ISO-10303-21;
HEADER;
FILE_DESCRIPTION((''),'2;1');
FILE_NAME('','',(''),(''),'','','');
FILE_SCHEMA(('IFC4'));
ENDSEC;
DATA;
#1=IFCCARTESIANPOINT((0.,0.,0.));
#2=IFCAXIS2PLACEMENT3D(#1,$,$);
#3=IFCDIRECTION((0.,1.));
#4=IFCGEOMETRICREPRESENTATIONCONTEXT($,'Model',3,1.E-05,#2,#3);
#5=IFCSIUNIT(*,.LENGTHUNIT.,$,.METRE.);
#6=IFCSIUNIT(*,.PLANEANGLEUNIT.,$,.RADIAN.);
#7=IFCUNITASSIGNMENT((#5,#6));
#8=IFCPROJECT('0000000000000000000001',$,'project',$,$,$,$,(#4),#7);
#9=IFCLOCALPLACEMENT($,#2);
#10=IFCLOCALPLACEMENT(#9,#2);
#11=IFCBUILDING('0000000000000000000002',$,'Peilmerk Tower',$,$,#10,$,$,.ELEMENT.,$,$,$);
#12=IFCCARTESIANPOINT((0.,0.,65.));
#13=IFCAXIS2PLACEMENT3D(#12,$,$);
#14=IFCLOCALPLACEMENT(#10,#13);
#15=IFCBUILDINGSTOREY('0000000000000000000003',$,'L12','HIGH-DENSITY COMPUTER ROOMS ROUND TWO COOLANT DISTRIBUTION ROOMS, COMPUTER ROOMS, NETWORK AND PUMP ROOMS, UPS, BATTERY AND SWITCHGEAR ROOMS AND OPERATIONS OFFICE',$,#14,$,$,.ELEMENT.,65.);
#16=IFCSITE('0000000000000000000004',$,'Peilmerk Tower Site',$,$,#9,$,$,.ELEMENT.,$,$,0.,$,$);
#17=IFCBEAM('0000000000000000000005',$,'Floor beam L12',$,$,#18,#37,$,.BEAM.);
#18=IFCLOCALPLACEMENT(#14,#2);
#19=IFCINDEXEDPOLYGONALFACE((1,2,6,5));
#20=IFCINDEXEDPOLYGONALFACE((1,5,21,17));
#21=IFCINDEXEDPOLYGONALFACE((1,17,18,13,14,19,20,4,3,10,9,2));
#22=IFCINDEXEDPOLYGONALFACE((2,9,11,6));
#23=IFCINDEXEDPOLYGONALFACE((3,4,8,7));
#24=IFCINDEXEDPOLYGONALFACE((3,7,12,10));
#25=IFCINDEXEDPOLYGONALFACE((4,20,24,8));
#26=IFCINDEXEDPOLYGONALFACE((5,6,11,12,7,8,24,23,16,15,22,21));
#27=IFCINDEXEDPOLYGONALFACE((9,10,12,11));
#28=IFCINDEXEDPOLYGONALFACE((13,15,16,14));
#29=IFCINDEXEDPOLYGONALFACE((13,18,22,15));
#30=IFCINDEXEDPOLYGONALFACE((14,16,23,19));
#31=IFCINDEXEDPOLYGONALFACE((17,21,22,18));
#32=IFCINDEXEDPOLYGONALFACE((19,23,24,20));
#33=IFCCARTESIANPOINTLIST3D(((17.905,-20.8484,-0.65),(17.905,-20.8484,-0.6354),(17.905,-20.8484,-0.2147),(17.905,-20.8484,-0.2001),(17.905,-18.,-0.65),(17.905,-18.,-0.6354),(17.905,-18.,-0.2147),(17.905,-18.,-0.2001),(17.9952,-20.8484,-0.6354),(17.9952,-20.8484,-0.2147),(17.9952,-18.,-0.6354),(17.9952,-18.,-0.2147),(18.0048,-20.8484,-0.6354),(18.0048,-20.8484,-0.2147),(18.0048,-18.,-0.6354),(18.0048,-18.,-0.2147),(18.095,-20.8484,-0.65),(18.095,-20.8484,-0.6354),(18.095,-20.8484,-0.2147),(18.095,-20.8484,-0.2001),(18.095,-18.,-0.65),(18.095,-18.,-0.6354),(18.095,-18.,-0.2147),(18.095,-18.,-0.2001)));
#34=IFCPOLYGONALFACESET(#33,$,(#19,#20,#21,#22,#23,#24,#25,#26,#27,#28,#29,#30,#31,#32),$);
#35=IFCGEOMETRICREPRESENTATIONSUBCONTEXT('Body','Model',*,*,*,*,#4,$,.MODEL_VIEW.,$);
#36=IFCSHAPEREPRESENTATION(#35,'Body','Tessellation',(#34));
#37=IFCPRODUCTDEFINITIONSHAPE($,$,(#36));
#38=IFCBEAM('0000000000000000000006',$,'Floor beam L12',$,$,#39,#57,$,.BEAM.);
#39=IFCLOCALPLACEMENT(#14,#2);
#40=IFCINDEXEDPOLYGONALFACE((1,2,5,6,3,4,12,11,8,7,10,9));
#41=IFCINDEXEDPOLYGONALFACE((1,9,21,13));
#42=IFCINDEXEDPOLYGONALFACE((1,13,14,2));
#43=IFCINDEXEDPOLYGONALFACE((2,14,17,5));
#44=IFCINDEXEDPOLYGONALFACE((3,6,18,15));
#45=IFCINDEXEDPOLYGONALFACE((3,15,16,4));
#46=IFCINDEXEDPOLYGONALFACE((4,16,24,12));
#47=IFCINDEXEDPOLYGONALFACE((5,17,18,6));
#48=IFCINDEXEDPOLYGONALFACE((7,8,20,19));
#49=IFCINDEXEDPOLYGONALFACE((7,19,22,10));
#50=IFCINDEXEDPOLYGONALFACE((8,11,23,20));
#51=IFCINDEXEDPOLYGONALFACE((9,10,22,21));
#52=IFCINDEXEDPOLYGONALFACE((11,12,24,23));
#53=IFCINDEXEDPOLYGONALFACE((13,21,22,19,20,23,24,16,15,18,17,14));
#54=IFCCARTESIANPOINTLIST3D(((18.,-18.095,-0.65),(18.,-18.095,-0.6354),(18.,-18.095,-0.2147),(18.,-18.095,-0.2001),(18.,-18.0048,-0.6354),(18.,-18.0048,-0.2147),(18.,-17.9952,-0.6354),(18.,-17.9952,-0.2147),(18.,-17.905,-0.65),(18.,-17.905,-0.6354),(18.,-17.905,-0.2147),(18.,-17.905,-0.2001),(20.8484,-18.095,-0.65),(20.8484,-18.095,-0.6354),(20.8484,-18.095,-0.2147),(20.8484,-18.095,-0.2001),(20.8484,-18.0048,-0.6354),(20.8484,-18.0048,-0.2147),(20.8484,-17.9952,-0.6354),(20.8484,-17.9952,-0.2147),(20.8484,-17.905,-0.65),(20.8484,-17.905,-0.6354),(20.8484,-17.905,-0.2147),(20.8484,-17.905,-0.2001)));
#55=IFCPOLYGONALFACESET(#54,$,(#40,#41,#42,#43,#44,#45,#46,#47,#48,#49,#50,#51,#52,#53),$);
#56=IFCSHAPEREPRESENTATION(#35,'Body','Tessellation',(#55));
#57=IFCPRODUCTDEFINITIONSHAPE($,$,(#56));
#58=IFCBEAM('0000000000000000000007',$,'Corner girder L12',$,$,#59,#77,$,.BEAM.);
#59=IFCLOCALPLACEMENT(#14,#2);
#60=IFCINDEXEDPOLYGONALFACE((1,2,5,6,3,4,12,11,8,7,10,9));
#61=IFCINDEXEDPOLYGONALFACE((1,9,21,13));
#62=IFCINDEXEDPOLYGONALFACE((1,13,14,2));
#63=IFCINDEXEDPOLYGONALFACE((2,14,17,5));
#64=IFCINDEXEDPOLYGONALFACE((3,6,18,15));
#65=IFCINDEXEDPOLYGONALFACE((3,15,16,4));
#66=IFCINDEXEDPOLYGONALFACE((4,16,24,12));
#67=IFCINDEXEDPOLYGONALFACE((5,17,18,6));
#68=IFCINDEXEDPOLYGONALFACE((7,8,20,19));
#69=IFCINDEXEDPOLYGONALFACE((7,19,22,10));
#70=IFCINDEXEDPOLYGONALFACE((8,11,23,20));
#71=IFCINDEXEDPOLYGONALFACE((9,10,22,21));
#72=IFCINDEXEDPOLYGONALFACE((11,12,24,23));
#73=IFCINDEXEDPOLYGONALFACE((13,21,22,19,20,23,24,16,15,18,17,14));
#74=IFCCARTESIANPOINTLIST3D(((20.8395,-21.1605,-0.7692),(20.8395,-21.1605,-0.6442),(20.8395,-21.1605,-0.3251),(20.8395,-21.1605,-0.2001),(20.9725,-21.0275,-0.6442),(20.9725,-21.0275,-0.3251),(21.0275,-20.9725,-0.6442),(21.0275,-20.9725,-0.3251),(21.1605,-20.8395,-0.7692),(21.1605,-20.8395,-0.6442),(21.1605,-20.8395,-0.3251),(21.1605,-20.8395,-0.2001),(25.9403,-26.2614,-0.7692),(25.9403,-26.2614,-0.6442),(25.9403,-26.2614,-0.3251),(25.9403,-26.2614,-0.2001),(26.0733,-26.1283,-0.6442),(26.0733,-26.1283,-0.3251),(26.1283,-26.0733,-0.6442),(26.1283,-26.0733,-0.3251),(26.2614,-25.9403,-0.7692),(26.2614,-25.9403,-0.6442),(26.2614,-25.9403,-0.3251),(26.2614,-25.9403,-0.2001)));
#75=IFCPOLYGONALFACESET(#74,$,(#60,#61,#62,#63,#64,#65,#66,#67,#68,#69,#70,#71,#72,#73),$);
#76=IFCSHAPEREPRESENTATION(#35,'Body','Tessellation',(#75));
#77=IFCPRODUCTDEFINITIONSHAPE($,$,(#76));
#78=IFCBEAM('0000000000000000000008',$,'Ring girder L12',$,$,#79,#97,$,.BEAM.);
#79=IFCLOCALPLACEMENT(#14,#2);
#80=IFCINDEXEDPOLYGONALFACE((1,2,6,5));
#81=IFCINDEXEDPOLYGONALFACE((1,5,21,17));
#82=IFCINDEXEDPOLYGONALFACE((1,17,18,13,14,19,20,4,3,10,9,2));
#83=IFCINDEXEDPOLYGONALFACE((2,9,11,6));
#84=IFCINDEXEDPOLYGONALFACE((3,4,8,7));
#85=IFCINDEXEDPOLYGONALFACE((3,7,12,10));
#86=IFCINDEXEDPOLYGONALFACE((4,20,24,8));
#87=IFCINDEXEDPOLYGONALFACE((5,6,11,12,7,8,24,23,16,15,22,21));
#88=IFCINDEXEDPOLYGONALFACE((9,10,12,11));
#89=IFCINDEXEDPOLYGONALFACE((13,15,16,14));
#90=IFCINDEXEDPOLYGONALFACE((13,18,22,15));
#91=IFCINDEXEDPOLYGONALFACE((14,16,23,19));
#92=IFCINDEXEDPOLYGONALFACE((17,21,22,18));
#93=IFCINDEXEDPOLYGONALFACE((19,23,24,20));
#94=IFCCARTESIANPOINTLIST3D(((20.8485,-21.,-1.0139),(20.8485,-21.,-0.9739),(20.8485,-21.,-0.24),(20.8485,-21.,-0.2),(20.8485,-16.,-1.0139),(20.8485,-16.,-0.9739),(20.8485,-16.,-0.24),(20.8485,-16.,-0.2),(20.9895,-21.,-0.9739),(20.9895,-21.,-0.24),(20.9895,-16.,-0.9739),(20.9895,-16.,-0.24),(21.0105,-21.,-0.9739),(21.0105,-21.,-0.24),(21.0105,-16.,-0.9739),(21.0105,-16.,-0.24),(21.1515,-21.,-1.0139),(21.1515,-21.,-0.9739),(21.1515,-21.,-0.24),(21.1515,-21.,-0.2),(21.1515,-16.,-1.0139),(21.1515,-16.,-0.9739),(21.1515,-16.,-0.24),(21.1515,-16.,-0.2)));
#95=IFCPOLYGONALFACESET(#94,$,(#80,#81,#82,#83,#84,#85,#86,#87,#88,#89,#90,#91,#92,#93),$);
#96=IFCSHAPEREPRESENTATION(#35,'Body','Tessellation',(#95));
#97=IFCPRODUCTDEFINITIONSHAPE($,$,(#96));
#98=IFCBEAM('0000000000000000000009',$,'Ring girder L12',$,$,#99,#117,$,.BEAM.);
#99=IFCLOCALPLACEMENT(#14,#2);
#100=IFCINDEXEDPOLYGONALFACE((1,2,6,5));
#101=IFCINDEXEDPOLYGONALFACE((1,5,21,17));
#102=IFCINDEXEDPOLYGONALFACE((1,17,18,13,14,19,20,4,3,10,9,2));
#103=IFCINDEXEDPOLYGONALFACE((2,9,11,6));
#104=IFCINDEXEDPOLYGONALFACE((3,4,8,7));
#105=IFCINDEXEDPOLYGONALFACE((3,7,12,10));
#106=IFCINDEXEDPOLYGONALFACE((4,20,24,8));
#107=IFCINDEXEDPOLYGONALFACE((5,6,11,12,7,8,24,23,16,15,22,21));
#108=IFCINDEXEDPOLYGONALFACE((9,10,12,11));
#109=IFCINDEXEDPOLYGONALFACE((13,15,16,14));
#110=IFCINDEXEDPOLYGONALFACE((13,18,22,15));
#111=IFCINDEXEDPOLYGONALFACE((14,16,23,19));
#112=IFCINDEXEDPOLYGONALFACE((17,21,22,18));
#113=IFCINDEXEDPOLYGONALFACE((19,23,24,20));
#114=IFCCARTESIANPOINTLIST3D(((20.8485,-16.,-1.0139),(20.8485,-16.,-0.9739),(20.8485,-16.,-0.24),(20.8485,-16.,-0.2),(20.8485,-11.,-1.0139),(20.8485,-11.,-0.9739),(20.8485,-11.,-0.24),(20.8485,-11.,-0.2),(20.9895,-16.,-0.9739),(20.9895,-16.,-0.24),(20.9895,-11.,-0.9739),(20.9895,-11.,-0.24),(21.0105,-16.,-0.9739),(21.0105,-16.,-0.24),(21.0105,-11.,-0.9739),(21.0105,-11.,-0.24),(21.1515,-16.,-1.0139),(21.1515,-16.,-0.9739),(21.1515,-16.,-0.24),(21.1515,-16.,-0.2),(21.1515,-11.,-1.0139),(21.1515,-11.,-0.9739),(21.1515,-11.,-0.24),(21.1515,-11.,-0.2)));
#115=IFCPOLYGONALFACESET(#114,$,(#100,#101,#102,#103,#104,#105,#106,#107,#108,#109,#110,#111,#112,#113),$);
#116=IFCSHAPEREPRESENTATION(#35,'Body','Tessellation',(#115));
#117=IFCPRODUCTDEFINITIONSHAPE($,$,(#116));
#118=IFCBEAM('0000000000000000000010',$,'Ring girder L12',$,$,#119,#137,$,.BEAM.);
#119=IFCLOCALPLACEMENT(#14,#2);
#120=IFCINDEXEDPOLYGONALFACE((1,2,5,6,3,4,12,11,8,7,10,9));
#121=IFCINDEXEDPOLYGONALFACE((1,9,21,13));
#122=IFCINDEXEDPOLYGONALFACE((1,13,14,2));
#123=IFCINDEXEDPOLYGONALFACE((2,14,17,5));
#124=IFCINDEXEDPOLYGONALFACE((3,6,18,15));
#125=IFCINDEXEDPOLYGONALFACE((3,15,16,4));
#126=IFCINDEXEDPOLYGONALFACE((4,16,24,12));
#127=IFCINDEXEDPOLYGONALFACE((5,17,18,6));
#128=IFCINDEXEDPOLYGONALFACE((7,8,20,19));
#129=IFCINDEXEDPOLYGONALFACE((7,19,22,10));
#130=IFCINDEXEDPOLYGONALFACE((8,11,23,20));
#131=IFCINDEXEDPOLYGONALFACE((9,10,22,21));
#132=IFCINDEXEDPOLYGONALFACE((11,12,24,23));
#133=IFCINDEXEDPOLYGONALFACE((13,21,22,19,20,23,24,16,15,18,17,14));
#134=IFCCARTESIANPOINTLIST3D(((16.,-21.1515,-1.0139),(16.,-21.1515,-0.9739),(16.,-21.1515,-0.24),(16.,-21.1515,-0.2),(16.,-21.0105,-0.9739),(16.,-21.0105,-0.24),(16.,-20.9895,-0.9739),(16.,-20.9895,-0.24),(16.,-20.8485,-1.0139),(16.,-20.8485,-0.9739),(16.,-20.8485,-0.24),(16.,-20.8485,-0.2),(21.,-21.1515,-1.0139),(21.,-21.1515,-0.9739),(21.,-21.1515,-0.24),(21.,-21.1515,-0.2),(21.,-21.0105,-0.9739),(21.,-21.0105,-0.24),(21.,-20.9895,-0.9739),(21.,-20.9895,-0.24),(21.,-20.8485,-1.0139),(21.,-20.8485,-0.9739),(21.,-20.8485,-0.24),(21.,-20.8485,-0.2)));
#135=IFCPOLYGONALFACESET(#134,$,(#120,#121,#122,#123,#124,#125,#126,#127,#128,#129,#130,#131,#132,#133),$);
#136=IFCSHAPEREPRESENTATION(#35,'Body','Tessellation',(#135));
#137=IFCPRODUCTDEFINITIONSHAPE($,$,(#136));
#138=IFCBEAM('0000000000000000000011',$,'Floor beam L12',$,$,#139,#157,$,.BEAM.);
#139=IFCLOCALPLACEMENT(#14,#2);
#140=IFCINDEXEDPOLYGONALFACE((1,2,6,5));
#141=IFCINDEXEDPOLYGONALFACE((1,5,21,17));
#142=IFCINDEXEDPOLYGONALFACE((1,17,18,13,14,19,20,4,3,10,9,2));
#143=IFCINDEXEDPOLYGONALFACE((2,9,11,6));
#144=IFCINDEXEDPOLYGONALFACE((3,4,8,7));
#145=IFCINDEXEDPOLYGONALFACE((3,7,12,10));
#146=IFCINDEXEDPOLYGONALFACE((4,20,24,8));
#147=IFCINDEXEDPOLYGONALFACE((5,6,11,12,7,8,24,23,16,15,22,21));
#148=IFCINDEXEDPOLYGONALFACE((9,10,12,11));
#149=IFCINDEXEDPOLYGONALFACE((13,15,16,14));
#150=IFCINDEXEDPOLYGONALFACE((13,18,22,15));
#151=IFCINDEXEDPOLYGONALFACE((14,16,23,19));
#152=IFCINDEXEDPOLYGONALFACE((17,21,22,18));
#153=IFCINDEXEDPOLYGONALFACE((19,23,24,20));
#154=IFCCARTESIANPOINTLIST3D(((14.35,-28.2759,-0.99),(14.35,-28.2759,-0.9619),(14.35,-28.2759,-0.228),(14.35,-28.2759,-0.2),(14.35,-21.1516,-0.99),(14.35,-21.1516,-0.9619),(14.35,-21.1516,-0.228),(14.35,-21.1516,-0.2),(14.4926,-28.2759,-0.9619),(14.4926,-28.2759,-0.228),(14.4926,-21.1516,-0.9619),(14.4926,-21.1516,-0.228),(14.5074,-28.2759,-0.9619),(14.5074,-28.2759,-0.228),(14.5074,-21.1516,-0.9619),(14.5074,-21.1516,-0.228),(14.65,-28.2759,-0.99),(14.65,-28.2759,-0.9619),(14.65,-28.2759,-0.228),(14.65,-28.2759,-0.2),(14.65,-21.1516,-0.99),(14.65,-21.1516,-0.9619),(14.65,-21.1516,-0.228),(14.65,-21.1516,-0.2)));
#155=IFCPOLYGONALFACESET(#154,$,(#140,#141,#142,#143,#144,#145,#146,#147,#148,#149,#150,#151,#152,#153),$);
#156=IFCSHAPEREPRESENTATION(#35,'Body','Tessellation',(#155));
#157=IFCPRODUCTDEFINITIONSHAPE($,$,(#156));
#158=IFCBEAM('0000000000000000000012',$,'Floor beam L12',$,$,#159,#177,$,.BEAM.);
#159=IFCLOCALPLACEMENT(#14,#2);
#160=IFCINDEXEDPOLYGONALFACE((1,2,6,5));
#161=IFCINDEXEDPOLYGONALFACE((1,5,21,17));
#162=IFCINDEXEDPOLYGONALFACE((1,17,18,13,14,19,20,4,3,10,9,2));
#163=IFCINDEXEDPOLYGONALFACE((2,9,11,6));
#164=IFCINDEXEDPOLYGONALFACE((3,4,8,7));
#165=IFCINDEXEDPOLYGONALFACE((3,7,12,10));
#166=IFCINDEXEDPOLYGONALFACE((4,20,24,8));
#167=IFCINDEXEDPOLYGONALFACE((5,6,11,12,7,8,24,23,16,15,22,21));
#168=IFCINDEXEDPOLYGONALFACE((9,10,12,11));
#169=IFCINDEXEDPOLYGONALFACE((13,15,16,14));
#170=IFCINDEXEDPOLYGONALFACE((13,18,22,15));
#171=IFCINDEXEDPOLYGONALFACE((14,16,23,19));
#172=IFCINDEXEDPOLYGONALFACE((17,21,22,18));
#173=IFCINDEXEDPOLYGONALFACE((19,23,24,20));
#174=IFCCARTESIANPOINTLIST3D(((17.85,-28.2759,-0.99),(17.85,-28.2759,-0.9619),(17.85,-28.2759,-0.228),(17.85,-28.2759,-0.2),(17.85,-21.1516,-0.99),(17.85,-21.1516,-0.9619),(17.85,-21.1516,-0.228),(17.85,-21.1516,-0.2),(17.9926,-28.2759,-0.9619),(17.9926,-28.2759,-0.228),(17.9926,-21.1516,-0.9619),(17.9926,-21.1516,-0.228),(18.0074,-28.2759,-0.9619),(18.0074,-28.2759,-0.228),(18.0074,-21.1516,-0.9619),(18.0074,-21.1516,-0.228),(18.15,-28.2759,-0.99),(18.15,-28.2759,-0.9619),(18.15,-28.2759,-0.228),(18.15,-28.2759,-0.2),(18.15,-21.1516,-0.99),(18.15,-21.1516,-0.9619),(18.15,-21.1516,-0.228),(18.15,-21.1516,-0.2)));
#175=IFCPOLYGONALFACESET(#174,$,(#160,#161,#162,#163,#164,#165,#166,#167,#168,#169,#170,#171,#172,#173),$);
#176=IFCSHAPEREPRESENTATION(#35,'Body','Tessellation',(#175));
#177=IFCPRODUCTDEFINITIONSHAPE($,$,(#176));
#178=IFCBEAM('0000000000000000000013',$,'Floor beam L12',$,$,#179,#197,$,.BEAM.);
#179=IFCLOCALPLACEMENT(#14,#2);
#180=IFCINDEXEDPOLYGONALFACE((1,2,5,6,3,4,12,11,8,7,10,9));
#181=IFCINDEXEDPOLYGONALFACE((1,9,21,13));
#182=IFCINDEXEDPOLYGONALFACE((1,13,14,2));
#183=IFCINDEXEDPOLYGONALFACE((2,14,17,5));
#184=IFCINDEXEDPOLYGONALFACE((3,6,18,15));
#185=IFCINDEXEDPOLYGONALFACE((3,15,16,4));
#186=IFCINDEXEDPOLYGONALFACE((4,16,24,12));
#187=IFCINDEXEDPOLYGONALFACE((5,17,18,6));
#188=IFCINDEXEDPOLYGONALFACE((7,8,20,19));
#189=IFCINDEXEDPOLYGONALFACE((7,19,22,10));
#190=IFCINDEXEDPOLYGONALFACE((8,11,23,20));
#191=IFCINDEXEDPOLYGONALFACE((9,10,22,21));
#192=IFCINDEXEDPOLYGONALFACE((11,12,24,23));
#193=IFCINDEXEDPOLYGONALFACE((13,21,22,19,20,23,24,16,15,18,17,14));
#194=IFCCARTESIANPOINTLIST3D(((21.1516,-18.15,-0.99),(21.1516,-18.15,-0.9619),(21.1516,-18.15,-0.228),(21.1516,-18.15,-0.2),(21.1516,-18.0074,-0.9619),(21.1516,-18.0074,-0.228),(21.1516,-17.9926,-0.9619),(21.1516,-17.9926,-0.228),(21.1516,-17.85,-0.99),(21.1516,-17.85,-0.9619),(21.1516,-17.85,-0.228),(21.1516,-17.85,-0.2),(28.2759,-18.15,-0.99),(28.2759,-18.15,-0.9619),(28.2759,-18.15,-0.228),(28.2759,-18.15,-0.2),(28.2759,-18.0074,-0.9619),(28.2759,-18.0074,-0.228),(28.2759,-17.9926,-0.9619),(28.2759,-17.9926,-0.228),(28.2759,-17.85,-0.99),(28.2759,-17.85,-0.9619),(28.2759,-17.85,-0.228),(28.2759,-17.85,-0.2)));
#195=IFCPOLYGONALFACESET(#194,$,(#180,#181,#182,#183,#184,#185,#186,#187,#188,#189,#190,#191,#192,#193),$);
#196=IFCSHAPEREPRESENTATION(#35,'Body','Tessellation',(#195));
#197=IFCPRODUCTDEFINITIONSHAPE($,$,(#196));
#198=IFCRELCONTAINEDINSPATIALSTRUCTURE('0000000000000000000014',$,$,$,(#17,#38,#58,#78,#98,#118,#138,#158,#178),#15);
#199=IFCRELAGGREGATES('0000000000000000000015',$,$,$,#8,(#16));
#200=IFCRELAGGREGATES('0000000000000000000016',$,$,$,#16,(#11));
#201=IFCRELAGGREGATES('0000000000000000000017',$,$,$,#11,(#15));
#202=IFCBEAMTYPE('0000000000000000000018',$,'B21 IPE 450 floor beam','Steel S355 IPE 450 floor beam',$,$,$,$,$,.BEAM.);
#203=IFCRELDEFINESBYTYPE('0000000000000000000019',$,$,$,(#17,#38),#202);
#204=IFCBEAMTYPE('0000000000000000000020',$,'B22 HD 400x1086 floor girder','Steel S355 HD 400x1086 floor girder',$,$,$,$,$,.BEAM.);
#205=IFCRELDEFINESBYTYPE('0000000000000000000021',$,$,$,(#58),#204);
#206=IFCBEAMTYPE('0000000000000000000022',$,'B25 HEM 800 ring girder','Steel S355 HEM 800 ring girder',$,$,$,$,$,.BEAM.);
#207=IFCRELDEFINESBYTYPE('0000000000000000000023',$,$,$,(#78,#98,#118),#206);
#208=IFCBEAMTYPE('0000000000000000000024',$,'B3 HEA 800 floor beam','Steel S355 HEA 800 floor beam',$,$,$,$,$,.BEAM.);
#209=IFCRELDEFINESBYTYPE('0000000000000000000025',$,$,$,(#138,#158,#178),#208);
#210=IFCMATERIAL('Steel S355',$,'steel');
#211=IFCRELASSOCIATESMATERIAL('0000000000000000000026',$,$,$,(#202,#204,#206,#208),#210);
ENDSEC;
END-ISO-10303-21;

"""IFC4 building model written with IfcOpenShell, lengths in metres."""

from ifc_helpers import new_model, si_unit, direction, frame, origin, origin_2d, place, context, subcontext, project, spatial, i_section, extrude, material, material_profile, profile_set, type_object, element, save


model = new_model("IFC4")

# Units and contexts
model_context = context("Model", 3, precision=1e-05, world=origin(), true_north=direction((0.0, 1.0)))
body_context = subcontext(model_context, "Body", "Model", "MODEL_VIEW")
ifc_project = project(units=[si_unit("LENGTHUNIT", "METRE"), si_unit("PLANEANGLEUNIT", "RADIAN")], contexts=[model_context])

# Site, building, storey
site_placement = place(None, origin())
site = spatial("IfcSite", under=ifc_project, at=site_placement, Name="Peilmerk Tower Site", CompositionType="ELEMENT", RefElevation=0.0)
building_placement = place(site_placement, origin())
building = spatial("IfcBuilding", under=site, at=building_placement, Name="Peilmerk Tower", CompositionType="ELEMENT")
storey_placement = place(building_placement, frame((0.0, 0.0, 65.0)))
storey = spatial("IfcBuildingStorey", under=building, at=storey_placement, Name="L12", Description="HIGH-DENSITY COMPUTER ROOMS ROUND TWO COOLANT DISTRIBUTION ROOMS, COMPUTER ROOMS, NETWORK AND PUMP ROOMS, UPS, BATTERY AND SWITCHGEAR ROOMS AND OPERATIONS OFFICE", CompositionType="ELEMENT", Elevation=65.0)

# Beams
ifc_material_1 = material(Name="Steel S355", Category="steel")
ifc_material_profile_1 = material_profile(ifc_material_1, i_section(OverallWidth=0.1899, OverallDepth=0.45, WebThickness=0.0095, FlangeThickness=0.0146, at=origin_2d()), Name="IPE 450")
ifc_profile_set_1 = profile_set([ifc_material_profile_1], Name="Steel S355")
beam_type_1 = type_object("IfcBeamType", Name="B21 IPE 450 floor beam", Description="Steel S355 IPE 450 floor beam", PredefinedType="BEAM", material=ifc_profile_set_1)
for number, where, z_axis, x_axis, name in (
    (1, (18.0, -18.0, -0.425), (0.0, -1.0, 0.0), (1.0, 0.0, 0.0), "Floor beam L12"),
    (2, (18.0, -18.0, -0.425), (1.0, 0.0, 0.0), (0.0, 1.0, 0.0), "Floor beam L12"),
):
    element("IfcBeam", number, at=place(storey_placement, frame(where, z_axis=z_axis, x_axis=x_axis)), inside=storey, type_object=beam_type_1, Name=name, PredefinedType="BEAM", context=body_context, shape_type="SweptSolid", body=[
        extrude(i_section(OverallWidth=0.1899, OverallDepth=0.45, WebThickness=0.0095, FlangeThickness=0.0146, at=origin_2d()), origin(), (0.0, 0.0, 1.0), 2.8484),
    ])
ifc_material_profile_2 = material_profile(ifc_material_1, i_section(OverallWidth=0.4541, OverallDepth=0.5691, WebThickness=0.0779, FlangeThickness=0.125, at=origin_2d()), Name="HD 400x1086")
ifc_profile_set_2 = profile_set([ifc_material_profile_2], Name="Steel S355")
beam_type_2 = type_object("IfcBeamType", Name="B22 HD 400x1086 floor girder", Description="Steel S355 HD 400x1086 floor girder", PredefinedType="BEAM", material=ifc_profile_set_2)
beam_1_placement = place(storey_placement, frame((21.0, -21.0, -0.4846), z_axis=(0.707107, -0.707107, 0.0), x_axis=(0.707107, 0.707107, 0.0)))
element("IfcBeam", 3, at=beam_1_placement, inside=storey, type_object=beam_type_2, Name="Corner girder L12", PredefinedType="BEAM", context=body_context, shape_type="SweptSolid", body=[
    extrude(i_section(OverallWidth=0.4541, OverallDepth=0.5691, WebThickness=0.0779, FlangeThickness=0.125, at=origin_2d()), origin(), (0.0, 0.0, 1.0), 7.2136),
])
ifc_material_profile_3 = material_profile(ifc_material_1, i_section(OverallWidth=0.303, OverallDepth=0.814, WebThickness=0.021, FlangeThickness=0.04, at=origin_2d()), Name="HEM 800")
ifc_profile_set_3 = profile_set([ifc_material_profile_3], Name="Steel S355")
beam_type_3 = type_object("IfcBeamType", Name="B25 HEM 800 ring girder", Description="Steel S355 HEM 800 ring girder", PredefinedType="BEAM", material=ifc_profile_set_3)
for number, where, z_axis, x_axis, name in (
    (4, (21.0, -21.0, -0.6069), (0.0, 1.0, 0.0), (-1.0, 0.0, 0.0), "Ring girder L12"),
    (5, (21.0, -16.0, -0.6069), (0.0, 1.0, 0.0), (-1.0, 0.0, 0.0), "Ring girder L12"),
    (6, (16.0, -21.0, -0.6069), (1.0, 0.0, 0.0), (0.0, 1.0, 0.0), "Ring girder L12"),
):
    element("IfcBeam", number, at=place(storey_placement, frame(where, z_axis=z_axis, x_axis=x_axis)), inside=storey, type_object=beam_type_3, Name=name, PredefinedType="BEAM", context=body_context, shape_type="SweptSolid", body=[
        extrude(i_section(OverallWidth=0.303, OverallDepth=0.814, WebThickness=0.021, FlangeThickness=0.04, at=origin_2d()), origin(), (0.0, 0.0, 1.0), 5.0),
    ])
ifc_material_profile_4 = material_profile(ifc_material_1, i_section(OverallWidth=0.3, OverallDepth=0.79, WebThickness=0.0149, FlangeThickness=0.0281, at=origin_2d()), Name="HEA 800")
ifc_profile_set_4 = profile_set([ifc_material_profile_4], Name="Steel S355")
beam_type_4 = type_object("IfcBeamType", Name="B3 HEA 800 floor beam", Description="Steel S355 HEA 800 floor beam", PredefinedType="BEAM", material=ifc_profile_set_4)
for number, where, z_axis, x_axis, name in (
    (7, (14.5, -21.1516, -0.595), (0.0, -1.0, 0.0), (1.0, 0.0, 0.0), "Floor beam L12"),
    (8, (18.0, -21.1516, -0.595), (0.0, -1.0, 0.0), (1.0, 0.0, 0.0), "Floor beam L12"),
    (9, (21.1516, -18.0, -0.595), (1.0, 0.0, 0.0), (0.0, 1.0, 0.0), "Floor beam L12"),
):
    element("IfcBeam", number, at=place(storey_placement, frame(where, z_axis=z_axis, x_axis=x_axis)), inside=storey, type_object=beam_type_4, Name=name, PredefinedType="BEAM", context=body_context, shape_type="SweptSolid", body=[
        extrude(i_section(OverallWidth=0.3, OverallDepth=0.79, WebThickness=0.0149, FlangeThickness=0.0281, at=origin_2d()), origin(), (0.0, 0.0, 1.0), 7.1243),
    ])

save(model, "model.ifc")
